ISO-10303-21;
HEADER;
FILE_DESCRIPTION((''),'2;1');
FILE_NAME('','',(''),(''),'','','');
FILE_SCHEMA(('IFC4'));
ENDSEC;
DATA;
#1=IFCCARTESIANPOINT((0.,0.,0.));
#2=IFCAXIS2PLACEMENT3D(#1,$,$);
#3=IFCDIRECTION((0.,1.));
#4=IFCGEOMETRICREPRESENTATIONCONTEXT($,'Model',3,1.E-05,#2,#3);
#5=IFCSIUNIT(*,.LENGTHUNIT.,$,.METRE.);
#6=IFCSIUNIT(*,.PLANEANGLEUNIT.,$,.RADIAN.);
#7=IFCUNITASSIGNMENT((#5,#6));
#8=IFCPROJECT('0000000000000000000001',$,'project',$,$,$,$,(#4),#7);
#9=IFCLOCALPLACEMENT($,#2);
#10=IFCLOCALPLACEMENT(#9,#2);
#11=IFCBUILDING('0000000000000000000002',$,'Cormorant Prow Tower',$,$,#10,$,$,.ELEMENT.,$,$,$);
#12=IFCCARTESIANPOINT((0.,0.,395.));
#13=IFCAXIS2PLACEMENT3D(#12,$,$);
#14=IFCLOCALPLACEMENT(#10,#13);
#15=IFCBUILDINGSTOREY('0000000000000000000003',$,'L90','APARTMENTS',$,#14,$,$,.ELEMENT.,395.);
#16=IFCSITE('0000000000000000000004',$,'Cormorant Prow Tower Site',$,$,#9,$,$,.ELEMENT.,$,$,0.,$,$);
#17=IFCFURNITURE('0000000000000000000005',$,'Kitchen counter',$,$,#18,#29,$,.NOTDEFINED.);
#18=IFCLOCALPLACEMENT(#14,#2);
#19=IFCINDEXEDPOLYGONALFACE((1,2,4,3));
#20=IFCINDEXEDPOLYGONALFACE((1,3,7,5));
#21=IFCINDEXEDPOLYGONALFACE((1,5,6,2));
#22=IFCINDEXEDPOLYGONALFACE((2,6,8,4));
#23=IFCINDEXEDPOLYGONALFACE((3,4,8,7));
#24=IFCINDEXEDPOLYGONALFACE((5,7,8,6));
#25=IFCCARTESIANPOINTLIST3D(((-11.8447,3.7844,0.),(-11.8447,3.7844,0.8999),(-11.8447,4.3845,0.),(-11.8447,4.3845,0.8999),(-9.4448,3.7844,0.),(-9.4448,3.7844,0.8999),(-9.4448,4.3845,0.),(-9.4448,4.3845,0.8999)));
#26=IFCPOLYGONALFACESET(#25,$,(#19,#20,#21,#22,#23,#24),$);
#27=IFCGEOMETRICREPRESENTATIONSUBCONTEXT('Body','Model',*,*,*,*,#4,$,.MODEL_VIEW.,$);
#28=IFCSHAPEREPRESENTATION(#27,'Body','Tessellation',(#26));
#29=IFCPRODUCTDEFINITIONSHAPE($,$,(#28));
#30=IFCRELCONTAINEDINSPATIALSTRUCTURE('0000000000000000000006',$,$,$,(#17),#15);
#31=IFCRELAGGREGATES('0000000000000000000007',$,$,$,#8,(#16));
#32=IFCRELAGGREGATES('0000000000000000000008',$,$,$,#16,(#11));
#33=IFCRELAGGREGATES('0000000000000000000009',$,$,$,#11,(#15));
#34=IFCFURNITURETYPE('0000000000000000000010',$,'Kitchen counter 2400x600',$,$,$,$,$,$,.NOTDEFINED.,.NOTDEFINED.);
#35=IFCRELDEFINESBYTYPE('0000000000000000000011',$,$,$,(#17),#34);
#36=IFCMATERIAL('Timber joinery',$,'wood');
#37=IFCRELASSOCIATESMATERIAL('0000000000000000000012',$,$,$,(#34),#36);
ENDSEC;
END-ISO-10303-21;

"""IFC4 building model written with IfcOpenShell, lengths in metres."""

from ifc_helpers import new_model, si_unit, direction, frame, origin, origin_2d, place, context, subcontext, project, spatial, rectangle, extrude, material, type_object, element, save


model = new_model("IFC4")

# Units and contexts
model_context = context("Model", 3, precision=1e-05, world=origin(), true_north=direction((0.0, 1.0)))
body_context = subcontext(model_context, "Body", "Model", "MODEL_VIEW")
ifc_project = project(units=[si_unit("LENGTHUNIT", "METRE"), si_unit("PLANEANGLEUNIT", "RADIAN")], contexts=[model_context])

# Site, building, storey
site_placement = place(None, origin())
site = spatial("IfcSite", under=ifc_project, at=site_placement, Name="Cormorant Prow Tower Site", CompositionType="ELEMENT", RefElevation=0.0)
building_placement = place(site_placement, origin())
building = spatial("IfcBuilding", under=site, at=building_placement, Name="Cormorant Prow Tower", CompositionType="ELEMENT")
storey_placement = place(building_placement, frame((0.0, 0.0, 395.0)))
storey = spatial("IfcBuildingStorey", under=building, at=storey_placement, Name="L90", Description="APARTMENTS", CompositionType="ELEMENT", Elevation=395.0)

# Furniture
ifc_material_1 = material(Name="Timber joinery", Category="wood")
furniture_type = type_object("IfcFurnitureType", Name="Kitchen counter 2400x600", AssemblyPlace="NOTDEFINED", PredefinedType="NOTDEFINED", material=ifc_material_1)
furniture_placement = place(storey_placement, frame((-10.6448, 4.0845, 0.0), z_axis=(0.0, 0.0, 1.0), x_axis=(1.0, 0.0, 0.0)))
element("IfcFurniture", 1, at=furniture_placement, inside=storey, type_object=furniture_type, Name="Kitchen counter", PredefinedType="NOTDEFINED", context=body_context, shape_type="SweptSolid", body=[
    extrude(rectangle(XDim=2.3999, YDim=0.6001, at=origin_2d()), origin(), (0.0, 0.0, 1.0), 0.8999),
])

save(model, "model.ifc")
